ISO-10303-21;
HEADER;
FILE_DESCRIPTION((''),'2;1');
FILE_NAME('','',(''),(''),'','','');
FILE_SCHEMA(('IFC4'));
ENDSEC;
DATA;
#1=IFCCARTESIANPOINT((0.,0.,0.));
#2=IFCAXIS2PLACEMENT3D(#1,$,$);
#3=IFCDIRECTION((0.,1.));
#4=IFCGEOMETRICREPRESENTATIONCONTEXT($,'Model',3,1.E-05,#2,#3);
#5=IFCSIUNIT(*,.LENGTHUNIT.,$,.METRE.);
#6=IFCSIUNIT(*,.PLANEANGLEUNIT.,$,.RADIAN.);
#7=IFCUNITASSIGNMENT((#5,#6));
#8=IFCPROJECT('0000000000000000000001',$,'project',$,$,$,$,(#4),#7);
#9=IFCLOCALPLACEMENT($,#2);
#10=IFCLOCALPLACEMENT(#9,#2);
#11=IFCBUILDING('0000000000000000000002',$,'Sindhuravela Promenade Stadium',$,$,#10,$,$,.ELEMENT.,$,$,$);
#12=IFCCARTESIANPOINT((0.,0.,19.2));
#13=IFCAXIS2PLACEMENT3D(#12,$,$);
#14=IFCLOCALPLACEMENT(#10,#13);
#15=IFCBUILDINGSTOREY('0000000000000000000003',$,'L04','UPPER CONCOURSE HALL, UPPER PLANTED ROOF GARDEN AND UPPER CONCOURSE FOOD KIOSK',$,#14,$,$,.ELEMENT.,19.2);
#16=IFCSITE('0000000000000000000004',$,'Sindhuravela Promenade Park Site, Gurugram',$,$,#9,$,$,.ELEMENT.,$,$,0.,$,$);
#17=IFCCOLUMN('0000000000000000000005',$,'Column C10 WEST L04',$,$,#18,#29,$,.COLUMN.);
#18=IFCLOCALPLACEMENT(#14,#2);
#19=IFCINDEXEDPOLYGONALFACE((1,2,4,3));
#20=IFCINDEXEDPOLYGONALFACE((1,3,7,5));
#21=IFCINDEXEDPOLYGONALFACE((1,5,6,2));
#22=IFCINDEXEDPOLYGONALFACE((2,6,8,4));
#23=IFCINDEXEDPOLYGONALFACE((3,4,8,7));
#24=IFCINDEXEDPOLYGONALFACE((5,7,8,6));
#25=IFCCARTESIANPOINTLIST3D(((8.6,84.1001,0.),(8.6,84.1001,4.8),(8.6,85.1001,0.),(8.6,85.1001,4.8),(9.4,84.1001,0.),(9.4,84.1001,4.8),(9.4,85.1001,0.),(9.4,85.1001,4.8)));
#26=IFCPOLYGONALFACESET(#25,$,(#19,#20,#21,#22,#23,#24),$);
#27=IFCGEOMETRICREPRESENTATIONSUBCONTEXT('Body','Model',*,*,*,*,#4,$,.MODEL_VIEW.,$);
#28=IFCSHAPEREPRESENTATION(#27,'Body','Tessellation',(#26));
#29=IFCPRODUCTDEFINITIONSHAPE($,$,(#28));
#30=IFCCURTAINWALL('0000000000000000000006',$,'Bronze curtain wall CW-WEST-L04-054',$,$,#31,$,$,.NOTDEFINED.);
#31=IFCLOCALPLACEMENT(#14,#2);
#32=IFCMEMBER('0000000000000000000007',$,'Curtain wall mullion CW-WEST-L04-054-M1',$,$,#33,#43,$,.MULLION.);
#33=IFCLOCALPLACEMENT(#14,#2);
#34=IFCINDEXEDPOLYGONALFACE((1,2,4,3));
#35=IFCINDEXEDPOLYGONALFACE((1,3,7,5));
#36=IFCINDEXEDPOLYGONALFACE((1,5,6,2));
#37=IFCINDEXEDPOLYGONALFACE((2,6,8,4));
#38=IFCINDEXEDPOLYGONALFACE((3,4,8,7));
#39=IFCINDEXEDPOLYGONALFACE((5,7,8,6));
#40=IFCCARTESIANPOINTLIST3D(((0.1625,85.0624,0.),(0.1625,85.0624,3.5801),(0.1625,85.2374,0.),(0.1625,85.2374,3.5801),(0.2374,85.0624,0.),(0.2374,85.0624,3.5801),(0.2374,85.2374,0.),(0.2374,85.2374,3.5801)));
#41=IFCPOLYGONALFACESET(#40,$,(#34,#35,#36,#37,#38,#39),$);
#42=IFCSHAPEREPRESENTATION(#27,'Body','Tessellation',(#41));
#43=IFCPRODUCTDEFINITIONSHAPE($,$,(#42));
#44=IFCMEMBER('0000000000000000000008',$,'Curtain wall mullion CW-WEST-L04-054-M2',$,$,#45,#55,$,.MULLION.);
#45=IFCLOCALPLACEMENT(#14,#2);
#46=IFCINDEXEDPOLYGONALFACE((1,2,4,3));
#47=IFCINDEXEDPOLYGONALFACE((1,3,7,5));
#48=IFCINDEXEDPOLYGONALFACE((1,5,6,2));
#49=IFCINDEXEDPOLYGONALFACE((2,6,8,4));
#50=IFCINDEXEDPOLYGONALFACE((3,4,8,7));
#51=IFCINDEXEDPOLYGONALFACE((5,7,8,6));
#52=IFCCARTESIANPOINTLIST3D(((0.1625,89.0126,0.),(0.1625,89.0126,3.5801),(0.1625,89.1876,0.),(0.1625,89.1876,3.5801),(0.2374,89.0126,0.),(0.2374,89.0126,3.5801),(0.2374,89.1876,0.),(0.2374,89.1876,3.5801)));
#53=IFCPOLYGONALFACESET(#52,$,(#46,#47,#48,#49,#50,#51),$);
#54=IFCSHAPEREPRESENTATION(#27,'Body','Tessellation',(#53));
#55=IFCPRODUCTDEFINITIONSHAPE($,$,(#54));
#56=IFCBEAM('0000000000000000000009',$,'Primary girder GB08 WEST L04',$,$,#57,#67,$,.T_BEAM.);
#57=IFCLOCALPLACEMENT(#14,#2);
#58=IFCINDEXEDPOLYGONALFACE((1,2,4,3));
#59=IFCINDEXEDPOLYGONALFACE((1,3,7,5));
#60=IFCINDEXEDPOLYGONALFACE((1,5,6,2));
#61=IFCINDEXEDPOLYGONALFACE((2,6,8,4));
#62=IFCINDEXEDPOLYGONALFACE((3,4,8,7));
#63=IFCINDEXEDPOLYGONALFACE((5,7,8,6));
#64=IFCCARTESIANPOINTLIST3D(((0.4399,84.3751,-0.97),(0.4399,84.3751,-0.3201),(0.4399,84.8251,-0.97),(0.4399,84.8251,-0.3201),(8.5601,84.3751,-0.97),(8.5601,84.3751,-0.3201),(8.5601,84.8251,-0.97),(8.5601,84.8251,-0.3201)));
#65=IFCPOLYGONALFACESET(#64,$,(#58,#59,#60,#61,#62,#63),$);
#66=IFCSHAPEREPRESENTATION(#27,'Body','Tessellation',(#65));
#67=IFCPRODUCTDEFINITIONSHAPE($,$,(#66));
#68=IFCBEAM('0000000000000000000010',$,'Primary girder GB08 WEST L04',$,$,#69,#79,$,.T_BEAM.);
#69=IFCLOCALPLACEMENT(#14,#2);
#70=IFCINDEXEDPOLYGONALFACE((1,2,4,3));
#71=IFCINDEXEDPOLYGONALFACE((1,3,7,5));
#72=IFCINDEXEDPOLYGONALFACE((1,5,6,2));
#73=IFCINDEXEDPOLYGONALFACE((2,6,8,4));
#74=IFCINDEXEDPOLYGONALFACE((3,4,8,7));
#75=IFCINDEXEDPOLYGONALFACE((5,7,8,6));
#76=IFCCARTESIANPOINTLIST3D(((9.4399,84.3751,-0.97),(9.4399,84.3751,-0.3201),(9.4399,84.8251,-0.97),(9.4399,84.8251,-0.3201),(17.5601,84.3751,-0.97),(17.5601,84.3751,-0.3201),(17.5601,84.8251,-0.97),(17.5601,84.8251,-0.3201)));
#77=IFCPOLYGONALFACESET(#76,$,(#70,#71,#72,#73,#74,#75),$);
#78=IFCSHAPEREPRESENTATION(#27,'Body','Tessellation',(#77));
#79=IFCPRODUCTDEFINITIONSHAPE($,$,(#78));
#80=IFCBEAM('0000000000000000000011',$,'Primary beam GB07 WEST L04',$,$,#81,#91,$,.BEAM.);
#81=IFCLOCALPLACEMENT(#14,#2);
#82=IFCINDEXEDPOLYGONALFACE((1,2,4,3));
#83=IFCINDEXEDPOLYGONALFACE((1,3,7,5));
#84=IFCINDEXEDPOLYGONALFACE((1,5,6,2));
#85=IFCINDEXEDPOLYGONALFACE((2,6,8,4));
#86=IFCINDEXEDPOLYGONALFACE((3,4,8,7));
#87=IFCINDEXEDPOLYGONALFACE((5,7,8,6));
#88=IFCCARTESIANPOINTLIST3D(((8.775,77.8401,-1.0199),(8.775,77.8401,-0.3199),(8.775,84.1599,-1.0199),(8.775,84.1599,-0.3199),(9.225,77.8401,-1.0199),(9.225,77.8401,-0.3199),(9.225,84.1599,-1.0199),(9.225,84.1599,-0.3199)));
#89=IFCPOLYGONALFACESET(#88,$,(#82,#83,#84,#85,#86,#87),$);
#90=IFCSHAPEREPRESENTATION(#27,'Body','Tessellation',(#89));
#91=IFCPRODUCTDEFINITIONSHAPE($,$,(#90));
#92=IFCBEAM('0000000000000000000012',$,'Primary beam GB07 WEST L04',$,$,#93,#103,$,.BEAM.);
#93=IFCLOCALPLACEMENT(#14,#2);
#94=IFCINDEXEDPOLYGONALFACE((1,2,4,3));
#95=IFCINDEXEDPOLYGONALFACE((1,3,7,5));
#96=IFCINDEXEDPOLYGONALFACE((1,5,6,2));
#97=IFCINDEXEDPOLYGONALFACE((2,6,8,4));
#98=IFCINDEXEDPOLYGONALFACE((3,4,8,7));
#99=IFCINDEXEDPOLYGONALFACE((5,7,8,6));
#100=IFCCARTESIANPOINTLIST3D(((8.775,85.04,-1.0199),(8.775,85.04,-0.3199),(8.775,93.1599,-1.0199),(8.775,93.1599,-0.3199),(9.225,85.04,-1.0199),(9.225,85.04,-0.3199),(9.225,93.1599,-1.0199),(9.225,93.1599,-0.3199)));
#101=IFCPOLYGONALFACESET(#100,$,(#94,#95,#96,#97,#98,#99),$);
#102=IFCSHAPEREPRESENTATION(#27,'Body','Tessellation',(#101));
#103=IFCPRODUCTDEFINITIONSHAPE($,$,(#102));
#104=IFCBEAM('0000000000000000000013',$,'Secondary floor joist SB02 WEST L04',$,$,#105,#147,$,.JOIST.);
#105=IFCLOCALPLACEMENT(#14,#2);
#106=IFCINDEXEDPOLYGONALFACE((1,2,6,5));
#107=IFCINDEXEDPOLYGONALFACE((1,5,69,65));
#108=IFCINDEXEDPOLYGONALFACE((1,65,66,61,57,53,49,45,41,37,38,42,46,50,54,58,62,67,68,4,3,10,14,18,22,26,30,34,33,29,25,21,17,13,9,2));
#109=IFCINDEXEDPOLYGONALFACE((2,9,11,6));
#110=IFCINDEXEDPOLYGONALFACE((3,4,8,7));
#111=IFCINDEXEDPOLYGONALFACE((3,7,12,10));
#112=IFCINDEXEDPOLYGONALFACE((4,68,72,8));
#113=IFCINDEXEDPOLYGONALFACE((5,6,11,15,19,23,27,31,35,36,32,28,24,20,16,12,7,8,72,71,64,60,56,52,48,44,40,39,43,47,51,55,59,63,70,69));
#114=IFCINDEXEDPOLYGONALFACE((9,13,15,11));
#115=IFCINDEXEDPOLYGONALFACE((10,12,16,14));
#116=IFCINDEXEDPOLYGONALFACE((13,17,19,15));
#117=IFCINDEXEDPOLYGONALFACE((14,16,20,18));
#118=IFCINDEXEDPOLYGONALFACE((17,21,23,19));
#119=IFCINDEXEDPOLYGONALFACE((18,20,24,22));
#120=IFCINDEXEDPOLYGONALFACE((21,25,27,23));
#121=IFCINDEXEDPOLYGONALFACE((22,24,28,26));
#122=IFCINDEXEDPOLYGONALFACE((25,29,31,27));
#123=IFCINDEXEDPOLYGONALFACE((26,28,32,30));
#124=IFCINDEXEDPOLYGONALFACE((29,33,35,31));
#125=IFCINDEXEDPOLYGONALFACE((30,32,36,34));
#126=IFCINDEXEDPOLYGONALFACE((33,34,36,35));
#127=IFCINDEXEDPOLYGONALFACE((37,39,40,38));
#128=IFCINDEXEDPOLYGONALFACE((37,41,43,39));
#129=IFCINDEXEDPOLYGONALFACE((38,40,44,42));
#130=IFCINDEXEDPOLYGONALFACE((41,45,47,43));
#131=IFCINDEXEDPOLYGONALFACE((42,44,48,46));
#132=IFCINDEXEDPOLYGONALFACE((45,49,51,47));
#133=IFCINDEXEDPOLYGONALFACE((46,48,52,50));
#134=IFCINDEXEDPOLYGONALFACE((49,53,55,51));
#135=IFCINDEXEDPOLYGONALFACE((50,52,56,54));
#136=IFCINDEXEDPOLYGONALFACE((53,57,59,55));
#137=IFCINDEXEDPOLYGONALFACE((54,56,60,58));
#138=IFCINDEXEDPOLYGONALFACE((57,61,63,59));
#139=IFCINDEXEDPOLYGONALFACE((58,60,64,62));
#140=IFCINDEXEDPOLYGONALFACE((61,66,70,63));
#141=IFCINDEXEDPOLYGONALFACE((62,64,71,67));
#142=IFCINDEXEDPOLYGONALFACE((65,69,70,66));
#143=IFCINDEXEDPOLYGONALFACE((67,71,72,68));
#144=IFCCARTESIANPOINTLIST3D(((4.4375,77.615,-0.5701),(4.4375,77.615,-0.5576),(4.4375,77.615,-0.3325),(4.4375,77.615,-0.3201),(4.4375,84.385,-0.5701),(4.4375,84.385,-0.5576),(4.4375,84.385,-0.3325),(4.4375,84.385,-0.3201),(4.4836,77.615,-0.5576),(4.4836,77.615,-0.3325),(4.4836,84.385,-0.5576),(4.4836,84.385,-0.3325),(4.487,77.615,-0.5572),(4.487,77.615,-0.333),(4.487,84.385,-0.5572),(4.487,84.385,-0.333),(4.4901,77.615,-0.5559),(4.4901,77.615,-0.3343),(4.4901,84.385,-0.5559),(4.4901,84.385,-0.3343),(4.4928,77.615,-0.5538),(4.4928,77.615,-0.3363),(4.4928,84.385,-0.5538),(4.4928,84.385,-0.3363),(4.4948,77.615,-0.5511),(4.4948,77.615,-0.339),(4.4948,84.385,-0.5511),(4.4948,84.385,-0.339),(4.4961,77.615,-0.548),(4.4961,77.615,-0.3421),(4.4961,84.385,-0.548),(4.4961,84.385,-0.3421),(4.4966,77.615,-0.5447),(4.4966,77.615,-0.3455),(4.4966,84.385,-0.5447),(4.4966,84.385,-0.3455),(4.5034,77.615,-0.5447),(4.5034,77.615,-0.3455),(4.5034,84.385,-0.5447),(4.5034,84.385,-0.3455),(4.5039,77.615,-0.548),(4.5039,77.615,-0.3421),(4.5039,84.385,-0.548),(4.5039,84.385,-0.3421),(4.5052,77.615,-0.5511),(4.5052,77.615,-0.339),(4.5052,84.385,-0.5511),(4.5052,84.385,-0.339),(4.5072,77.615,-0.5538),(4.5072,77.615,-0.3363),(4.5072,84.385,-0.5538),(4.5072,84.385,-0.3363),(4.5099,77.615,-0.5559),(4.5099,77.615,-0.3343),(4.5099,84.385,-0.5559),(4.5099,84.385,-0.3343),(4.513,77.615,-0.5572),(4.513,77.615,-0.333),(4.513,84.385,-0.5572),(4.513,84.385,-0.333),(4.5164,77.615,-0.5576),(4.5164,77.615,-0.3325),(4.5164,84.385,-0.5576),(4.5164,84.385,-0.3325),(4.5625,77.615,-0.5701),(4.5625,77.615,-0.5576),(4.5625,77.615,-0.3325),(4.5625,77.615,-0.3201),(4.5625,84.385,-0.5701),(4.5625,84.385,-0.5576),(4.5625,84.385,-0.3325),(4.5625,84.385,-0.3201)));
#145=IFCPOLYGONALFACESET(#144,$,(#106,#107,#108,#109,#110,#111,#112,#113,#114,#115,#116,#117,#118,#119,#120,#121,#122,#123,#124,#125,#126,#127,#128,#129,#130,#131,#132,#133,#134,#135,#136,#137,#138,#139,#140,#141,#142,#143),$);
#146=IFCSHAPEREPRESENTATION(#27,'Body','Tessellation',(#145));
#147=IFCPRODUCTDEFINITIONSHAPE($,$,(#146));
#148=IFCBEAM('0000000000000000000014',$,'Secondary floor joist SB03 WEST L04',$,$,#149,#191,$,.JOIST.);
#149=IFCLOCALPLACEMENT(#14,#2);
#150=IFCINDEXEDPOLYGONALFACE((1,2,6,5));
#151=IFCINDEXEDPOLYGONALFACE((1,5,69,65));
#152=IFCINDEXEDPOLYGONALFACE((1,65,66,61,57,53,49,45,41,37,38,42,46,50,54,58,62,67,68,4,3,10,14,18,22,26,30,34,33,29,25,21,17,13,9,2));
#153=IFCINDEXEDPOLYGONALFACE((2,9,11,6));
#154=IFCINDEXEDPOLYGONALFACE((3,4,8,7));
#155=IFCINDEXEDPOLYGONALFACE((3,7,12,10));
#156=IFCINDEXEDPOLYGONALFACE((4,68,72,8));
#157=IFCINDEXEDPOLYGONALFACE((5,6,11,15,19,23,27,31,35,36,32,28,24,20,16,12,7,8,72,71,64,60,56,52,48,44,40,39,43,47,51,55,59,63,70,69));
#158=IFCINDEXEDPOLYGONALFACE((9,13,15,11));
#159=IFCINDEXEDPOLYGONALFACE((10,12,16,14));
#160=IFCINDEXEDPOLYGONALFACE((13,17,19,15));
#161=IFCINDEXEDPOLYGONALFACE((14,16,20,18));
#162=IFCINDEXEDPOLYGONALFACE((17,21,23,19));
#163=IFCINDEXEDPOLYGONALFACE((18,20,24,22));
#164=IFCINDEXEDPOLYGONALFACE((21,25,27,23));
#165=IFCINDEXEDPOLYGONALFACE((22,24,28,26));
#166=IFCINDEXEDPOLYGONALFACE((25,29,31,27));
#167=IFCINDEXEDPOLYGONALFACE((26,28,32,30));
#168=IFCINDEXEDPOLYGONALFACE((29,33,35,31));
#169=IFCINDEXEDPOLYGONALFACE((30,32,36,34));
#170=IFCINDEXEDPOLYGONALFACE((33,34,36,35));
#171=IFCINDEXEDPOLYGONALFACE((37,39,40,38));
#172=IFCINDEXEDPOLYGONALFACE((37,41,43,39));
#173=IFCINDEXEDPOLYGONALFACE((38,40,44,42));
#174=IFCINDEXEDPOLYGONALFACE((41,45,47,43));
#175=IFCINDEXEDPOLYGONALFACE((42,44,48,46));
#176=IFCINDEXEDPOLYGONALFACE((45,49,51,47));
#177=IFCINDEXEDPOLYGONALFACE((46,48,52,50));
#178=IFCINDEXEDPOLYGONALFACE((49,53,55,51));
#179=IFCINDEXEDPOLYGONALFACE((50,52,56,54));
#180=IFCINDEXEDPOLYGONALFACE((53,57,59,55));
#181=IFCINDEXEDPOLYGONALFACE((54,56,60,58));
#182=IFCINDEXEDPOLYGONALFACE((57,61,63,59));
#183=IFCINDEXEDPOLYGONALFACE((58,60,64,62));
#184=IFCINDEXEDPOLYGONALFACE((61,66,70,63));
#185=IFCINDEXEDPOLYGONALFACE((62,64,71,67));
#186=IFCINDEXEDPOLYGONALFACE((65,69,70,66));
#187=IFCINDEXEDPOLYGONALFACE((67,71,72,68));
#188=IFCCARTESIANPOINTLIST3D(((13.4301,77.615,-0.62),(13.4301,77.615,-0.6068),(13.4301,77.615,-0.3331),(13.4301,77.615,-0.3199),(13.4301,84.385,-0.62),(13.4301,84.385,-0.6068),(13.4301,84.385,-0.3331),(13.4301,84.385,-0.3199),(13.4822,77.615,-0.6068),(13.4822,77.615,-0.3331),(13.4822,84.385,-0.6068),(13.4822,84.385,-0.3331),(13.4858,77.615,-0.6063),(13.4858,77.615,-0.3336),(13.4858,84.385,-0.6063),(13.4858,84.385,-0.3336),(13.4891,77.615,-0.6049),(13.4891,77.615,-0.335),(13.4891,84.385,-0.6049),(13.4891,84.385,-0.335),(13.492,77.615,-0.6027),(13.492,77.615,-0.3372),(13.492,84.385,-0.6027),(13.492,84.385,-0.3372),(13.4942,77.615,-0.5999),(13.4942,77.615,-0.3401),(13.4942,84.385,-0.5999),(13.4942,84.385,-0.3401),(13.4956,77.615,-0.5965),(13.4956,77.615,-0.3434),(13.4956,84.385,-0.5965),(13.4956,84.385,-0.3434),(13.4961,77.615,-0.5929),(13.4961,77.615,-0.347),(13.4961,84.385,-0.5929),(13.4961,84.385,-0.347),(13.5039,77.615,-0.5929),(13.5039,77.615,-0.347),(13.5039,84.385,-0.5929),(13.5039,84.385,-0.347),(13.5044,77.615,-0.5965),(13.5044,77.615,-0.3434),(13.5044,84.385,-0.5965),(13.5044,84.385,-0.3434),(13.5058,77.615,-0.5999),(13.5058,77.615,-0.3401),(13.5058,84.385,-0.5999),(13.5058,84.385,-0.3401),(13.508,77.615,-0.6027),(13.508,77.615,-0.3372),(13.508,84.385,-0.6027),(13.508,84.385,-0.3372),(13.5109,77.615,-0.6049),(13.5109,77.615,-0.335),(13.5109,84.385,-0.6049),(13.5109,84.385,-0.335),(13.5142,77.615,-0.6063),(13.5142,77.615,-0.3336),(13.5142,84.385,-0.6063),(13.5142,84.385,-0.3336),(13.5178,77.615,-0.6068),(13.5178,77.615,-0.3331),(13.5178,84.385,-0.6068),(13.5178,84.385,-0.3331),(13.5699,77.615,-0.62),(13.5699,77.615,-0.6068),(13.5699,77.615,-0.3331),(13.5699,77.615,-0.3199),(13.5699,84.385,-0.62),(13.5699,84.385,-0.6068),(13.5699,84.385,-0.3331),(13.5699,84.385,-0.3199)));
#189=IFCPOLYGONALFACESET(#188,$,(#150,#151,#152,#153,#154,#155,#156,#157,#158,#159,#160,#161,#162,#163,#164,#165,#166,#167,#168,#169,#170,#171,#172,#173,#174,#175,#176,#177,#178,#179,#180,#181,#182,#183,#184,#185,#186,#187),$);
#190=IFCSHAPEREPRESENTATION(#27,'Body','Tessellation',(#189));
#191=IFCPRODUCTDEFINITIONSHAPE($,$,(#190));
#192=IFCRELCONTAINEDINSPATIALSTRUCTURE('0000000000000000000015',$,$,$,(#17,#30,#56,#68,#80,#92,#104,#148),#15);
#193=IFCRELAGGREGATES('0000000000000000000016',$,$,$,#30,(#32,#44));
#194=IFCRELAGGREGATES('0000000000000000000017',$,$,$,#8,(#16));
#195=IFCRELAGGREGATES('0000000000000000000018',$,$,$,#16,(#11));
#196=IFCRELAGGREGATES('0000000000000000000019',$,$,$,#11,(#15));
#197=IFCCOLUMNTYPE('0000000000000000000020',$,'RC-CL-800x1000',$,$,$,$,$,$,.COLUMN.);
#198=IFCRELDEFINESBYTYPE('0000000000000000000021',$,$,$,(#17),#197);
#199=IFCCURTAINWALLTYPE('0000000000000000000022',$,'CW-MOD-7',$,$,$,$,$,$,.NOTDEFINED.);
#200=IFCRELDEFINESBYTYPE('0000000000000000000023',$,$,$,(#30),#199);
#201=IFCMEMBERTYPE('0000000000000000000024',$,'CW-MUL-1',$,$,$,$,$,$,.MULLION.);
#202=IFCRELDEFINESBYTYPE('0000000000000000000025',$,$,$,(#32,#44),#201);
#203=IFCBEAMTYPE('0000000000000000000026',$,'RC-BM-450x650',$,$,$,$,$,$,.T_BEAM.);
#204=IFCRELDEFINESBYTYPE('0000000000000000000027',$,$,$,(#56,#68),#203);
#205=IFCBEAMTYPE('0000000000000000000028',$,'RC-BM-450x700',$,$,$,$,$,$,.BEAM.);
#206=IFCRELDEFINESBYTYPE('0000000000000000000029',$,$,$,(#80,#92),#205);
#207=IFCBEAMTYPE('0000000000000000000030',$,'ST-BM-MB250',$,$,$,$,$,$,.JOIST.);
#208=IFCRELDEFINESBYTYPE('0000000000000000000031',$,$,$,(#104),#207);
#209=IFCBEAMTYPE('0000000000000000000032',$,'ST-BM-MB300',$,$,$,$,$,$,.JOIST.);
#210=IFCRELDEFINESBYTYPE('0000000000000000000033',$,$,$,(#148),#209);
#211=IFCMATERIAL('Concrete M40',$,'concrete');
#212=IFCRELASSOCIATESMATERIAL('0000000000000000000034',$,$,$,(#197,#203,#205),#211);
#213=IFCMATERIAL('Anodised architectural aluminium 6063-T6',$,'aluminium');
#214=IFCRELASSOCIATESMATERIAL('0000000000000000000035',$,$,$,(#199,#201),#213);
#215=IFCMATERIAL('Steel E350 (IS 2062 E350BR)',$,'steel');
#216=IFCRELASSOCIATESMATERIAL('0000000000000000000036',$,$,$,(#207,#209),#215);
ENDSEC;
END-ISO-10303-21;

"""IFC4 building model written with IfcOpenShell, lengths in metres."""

from ifc_helpers import new_model, si_unit, direction, frame, origin, origin_2d, place, context, subcontext, project, spatial, rectangle, i_section, extrude, material, material_profile, profile_set, type_object, element, aggregate, save


model = new_model("IFC4")

# Units and contexts
model_context = context("Model", 3, precision=1e-05, world=origin(), true_north=direction((0.0, 1.0)))
body_context = subcontext(model_context, "Body", "Model", "MODEL_VIEW")
ifc_project = project(units=[si_unit("LENGTHUNIT", "METRE"), si_unit("PLANEANGLEUNIT", "RADIAN")], contexts=[model_context])

# Site, building, storey
site_placement = place(None, origin())
site = spatial("IfcSite", under=ifc_project, at=site_placement, Name="Sindhuravela Promenade Park Site, Gurugram", CompositionType="ELEMENT", RefElevation=0.0)
building_placement = place(site_placement, origin())
building = spatial("IfcBuilding", under=site, at=building_placement, Name="Sindhuravela Promenade Stadium", CompositionType="ELEMENT")
storey_placement = place(building_placement, frame((0.0, 0.0, 19.2)))
storey = spatial("IfcBuildingStorey", under=building, at=storey_placement, Name="L04", Description="UPPER CONCOURSE HALL, UPPER PLANTED ROOF GARDEN AND UPPER CONCOURSE FOOD KIOSK", CompositionType="ELEMENT", Elevation=19.2)

# Column
ifc_material_1 = material(Name="Concrete M40", Category="concrete")
ifc_material_profile_1 = material_profile(ifc_material_1, rectangle(XDim=0.8, YDim=1.0, at=origin_2d()), Name="RC 800x1000")
ifc_profile_set_1 = profile_set([ifc_material_profile_1], Name="Concrete M40")
column_type = type_object("IfcColumnType", Name="RC-CL-800x1000", PredefinedType="COLUMN", material=ifc_profile_set_1)
column_placement = place(storey_placement, frame((9.0, 84.6001, 0.0), z_axis=(0.0, 0.0, 1.0), x_axis=(1.0, 0.0, 0.0)))
element("IfcColumn", 1, at=column_placement, inside=storey, type_object=column_type, Name="Column C10 WEST L04", PredefinedType="COLUMN", context=body_context, shape_type="SweptSolid", body=[
    extrude(rectangle(XDim=0.8, YDim=1.0, at=origin_2d()), origin(), (0.0, 0.0, 1.0), 4.8),
])

# Curtain wall, members
ifc_material_2 = material(Name="Anodised architectural aluminium 6063-T6", Category="aluminium")
curtain_wall_type = type_object("IfcCurtainWallType", Name="CW-MOD-7", PredefinedType="NOTDEFINED", material=ifc_material_2)
curtain_wall_placement = place(storey_placement, origin())
curtain_wall = element("IfcCurtainWall", 2, at=curtain_wall_placement, inside=storey, type_object=curtain_wall_type, Name="Bronze curtain wall CW-WEST-L04-054", PredefinedType="NOTDEFINED")
ifc_material_profile_2 = material_profile(ifc_material_2, rectangle(XDim=0.075, YDim=0.175, at=origin_2d()), Name="ALU MULL 75x175")
ifc_profile_set_2 = profile_set([ifc_material_profile_2], Name="Anodised architectural aluminium 6063-T6")
member_type = type_object("IfcMemberType", Name="CW-MUL-1", PredefinedType="MULLION", material=ifc_profile_set_2)
member_1_placement = place(storey_placement, frame((0.2, 85.1499, 0.0), z_axis=(0.0, 0.0, 1.0), x_axis=(1.0, 0.0, 0.0)))
member_1 = element("IfcMember", 3, at=member_1_placement, type_object=member_type, Name="Curtain wall mullion CW-WEST-L04-054-M1", PredefinedType="MULLION", context=body_context, shape_type="SweptSolid", body=[
    extrude(rectangle(XDim=0.075, YDim=0.175, at=origin_2d()), origin(), (0.0, 0.0, 1.0), 3.5801),
])
member_2_placement = place(storey_placement, frame((0.2, 89.1001, 0.0), z_axis=(0.0, 0.0, 1.0), x_axis=(1.0, 0.0, 0.0)))
member_2 = element("IfcMember", 4, at=member_2_placement, type_object=member_type, Name="Curtain wall mullion CW-WEST-L04-054-M2", PredefinedType="MULLION", context=body_context, shape_type="SweptSolid", body=[
    extrude(rectangle(XDim=0.075, YDim=0.175, at=origin_2d()), origin(), (0.0, 0.0, 1.0), 3.5801),
])

# Beams
ifc_material_profile_3 = material_profile(ifc_material_1, rectangle(XDim=0.45, YDim=0.6499, at=origin_2d()), Name="RC 450x650")
ifc_profile_set_3 = profile_set([ifc_material_profile_3], Name="Concrete M40")
beam_type_1 = type_object("IfcBeamType", Name="RC-BM-450x650", PredefinedType="T_BEAM", material=ifc_profile_set_3)
for number, where, z_axis, x_axis, name in (
    (5, (0.4399, 84.6001, -0.645), (1.0, 0.0, 0.0), (0.0, 1.0, 0.0), "Primary girder GB08 WEST L04"),
    (6, (9.4399, 84.6001, -0.645), (1.0, 0.0, 0.0), (0.0, 1.0, 0.0), "Primary girder GB08 WEST L04"),
):
    element("IfcBeam", number, at=place(storey_placement, frame(where, z_axis=z_axis, x_axis=x_axis)), inside=storey, type_object=beam_type_1, Name=name, PredefinedType="T_BEAM", context=body_context, shape_type="SweptSolid", body=[
        extrude(rectangle(XDim=0.45, YDim=0.6499, at=origin_2d()), origin(), (0.0, 0.0, 1.0), 8.1201),
    ])
ifc_material_profile_4 = material_profile(ifc_material_1, rectangle(XDim=0.45, YDim=0.7, at=origin_2d()), Name="RC 450x700")
ifc_profile_set_4 = profile_set([ifc_material_profile_4], Name="Concrete M40")
beam_type_2 = type_object("IfcBeamType", Name="RC-BM-450x700", PredefinedType="BEAM", material=ifc_profile_set_4)
beam_1_placement = place(storey_placement, frame((9.0, 77.8401, -0.6699), z_axis=(0.0, 1.0, 0.0), x_axis=(-1.0, 0.0, 0.0)))
element("IfcBeam", 7, at=beam_1_placement, inside=storey, type_object=beam_type_2, Name="Primary beam GB07 WEST L04", PredefinedType="BEAM", context=body_context, shape_type="SweptSolid", body=[
    extrude(rectangle(XDim=0.45, YDim=0.7, at=origin_2d()), origin(), (0.0, 0.0, 1.0), 6.3198),
])
beam_2_placement = place(storey_placement, frame((9.0, 85.04, -0.6699), z_axis=(0.0, 1.0, 0.0), x_axis=(-1.0, 0.0, 0.0)))
element("IfcBeam", 8, at=beam_2_placement, inside=storey, type_object=beam_type_2, Name="Primary beam GB07 WEST L04", PredefinedType="BEAM", context=body_context, shape_type="SweptSolid", body=[
    extrude(rectangle(XDim=0.45, YDim=0.7, at=origin_2d()), origin(), (0.0, 0.0, 1.0), 8.1199),
])
ifc_material_3 = material(Name="Steel E350 (IS 2062 E350BR)", Category="steel")
ifc_material_profile_5 = material_profile(ifc_material_3, i_section(OverallWidth=0.125, OverallDepth=0.25, WebThickness=0.0068, FlangeThickness=0.0125, FilletRadius=0.0129, at=origin_2d()), Name="ISMB 250")
ifc_profile_set_5 = profile_set([ifc_material_profile_5], Name="Steel E350 (IS 2062 E350BR)")
beam_type_3 = type_object("IfcBeamType", Name="ST-BM-MB250", PredefinedType="JOIST", material=ifc_profile_set_5)
beam_3_placement = place(storey_placement, frame((4.5, 77.615, -0.4451), z_axis=(0.0, 1.0, 0.0), x_axis=(-1.0, 0.0, 0.0)))
element("IfcBeam", 9, at=beam_3_placement, inside=storey, type_object=beam_type_3, Name="Secondary floor joist SB02 WEST L04", PredefinedType="JOIST", context=body_context, shape_type="SweptSolid", body=[
    extrude(i_section(OverallWidth=0.125, OverallDepth=0.25, WebThickness=0.0068, FlangeThickness=0.0125, FilletRadius=0.0129, at=origin_2d()), origin(), (0.0, 0.0, 1.0), 6.77),
])
ifc_material_profile_6 = material_profile(ifc_material_3, i_section(OverallWidth=0.1399, OverallDepth=0.3, WebThickness=0.0078, FlangeThickness=0.0132, FilletRadius=0.0139, at=origin_2d()), Name="ISMB 300")
ifc_profile_set_6 = profile_set([ifc_material_profile_6], Name="Steel E350 (IS 2062 E350BR)")
beam_type_4 = type_object("IfcBeamType", Name="ST-BM-MB300", PredefinedType="JOIST", material=ifc_profile_set_6)
beam_4_placement = place(storey_placement, frame((13.5, 77.615, -0.47), z_axis=(0.0, 1.0, 0.0), x_axis=(-1.0, 0.0, 0.0)))
element("IfcBeam", 10, at=beam_4_placement, inside=storey, type_object=beam_type_4, Name="Secondary floor joist SB03 WEST L04", PredefinedType="JOIST", context=body_context, shape_type="SweptSolid", body=[
    extrude(i_section(OverallWidth=0.1399, OverallDepth=0.3, WebThickness=0.0078, FlangeThickness=0.0132, FilletRadius=0.0139, at=origin_2d()), origin(), (0.0, 0.0, 1.0), 6.77),
])

aggregate(curtain_wall, [member_1, member_2])

save(model, "model.ifc")
